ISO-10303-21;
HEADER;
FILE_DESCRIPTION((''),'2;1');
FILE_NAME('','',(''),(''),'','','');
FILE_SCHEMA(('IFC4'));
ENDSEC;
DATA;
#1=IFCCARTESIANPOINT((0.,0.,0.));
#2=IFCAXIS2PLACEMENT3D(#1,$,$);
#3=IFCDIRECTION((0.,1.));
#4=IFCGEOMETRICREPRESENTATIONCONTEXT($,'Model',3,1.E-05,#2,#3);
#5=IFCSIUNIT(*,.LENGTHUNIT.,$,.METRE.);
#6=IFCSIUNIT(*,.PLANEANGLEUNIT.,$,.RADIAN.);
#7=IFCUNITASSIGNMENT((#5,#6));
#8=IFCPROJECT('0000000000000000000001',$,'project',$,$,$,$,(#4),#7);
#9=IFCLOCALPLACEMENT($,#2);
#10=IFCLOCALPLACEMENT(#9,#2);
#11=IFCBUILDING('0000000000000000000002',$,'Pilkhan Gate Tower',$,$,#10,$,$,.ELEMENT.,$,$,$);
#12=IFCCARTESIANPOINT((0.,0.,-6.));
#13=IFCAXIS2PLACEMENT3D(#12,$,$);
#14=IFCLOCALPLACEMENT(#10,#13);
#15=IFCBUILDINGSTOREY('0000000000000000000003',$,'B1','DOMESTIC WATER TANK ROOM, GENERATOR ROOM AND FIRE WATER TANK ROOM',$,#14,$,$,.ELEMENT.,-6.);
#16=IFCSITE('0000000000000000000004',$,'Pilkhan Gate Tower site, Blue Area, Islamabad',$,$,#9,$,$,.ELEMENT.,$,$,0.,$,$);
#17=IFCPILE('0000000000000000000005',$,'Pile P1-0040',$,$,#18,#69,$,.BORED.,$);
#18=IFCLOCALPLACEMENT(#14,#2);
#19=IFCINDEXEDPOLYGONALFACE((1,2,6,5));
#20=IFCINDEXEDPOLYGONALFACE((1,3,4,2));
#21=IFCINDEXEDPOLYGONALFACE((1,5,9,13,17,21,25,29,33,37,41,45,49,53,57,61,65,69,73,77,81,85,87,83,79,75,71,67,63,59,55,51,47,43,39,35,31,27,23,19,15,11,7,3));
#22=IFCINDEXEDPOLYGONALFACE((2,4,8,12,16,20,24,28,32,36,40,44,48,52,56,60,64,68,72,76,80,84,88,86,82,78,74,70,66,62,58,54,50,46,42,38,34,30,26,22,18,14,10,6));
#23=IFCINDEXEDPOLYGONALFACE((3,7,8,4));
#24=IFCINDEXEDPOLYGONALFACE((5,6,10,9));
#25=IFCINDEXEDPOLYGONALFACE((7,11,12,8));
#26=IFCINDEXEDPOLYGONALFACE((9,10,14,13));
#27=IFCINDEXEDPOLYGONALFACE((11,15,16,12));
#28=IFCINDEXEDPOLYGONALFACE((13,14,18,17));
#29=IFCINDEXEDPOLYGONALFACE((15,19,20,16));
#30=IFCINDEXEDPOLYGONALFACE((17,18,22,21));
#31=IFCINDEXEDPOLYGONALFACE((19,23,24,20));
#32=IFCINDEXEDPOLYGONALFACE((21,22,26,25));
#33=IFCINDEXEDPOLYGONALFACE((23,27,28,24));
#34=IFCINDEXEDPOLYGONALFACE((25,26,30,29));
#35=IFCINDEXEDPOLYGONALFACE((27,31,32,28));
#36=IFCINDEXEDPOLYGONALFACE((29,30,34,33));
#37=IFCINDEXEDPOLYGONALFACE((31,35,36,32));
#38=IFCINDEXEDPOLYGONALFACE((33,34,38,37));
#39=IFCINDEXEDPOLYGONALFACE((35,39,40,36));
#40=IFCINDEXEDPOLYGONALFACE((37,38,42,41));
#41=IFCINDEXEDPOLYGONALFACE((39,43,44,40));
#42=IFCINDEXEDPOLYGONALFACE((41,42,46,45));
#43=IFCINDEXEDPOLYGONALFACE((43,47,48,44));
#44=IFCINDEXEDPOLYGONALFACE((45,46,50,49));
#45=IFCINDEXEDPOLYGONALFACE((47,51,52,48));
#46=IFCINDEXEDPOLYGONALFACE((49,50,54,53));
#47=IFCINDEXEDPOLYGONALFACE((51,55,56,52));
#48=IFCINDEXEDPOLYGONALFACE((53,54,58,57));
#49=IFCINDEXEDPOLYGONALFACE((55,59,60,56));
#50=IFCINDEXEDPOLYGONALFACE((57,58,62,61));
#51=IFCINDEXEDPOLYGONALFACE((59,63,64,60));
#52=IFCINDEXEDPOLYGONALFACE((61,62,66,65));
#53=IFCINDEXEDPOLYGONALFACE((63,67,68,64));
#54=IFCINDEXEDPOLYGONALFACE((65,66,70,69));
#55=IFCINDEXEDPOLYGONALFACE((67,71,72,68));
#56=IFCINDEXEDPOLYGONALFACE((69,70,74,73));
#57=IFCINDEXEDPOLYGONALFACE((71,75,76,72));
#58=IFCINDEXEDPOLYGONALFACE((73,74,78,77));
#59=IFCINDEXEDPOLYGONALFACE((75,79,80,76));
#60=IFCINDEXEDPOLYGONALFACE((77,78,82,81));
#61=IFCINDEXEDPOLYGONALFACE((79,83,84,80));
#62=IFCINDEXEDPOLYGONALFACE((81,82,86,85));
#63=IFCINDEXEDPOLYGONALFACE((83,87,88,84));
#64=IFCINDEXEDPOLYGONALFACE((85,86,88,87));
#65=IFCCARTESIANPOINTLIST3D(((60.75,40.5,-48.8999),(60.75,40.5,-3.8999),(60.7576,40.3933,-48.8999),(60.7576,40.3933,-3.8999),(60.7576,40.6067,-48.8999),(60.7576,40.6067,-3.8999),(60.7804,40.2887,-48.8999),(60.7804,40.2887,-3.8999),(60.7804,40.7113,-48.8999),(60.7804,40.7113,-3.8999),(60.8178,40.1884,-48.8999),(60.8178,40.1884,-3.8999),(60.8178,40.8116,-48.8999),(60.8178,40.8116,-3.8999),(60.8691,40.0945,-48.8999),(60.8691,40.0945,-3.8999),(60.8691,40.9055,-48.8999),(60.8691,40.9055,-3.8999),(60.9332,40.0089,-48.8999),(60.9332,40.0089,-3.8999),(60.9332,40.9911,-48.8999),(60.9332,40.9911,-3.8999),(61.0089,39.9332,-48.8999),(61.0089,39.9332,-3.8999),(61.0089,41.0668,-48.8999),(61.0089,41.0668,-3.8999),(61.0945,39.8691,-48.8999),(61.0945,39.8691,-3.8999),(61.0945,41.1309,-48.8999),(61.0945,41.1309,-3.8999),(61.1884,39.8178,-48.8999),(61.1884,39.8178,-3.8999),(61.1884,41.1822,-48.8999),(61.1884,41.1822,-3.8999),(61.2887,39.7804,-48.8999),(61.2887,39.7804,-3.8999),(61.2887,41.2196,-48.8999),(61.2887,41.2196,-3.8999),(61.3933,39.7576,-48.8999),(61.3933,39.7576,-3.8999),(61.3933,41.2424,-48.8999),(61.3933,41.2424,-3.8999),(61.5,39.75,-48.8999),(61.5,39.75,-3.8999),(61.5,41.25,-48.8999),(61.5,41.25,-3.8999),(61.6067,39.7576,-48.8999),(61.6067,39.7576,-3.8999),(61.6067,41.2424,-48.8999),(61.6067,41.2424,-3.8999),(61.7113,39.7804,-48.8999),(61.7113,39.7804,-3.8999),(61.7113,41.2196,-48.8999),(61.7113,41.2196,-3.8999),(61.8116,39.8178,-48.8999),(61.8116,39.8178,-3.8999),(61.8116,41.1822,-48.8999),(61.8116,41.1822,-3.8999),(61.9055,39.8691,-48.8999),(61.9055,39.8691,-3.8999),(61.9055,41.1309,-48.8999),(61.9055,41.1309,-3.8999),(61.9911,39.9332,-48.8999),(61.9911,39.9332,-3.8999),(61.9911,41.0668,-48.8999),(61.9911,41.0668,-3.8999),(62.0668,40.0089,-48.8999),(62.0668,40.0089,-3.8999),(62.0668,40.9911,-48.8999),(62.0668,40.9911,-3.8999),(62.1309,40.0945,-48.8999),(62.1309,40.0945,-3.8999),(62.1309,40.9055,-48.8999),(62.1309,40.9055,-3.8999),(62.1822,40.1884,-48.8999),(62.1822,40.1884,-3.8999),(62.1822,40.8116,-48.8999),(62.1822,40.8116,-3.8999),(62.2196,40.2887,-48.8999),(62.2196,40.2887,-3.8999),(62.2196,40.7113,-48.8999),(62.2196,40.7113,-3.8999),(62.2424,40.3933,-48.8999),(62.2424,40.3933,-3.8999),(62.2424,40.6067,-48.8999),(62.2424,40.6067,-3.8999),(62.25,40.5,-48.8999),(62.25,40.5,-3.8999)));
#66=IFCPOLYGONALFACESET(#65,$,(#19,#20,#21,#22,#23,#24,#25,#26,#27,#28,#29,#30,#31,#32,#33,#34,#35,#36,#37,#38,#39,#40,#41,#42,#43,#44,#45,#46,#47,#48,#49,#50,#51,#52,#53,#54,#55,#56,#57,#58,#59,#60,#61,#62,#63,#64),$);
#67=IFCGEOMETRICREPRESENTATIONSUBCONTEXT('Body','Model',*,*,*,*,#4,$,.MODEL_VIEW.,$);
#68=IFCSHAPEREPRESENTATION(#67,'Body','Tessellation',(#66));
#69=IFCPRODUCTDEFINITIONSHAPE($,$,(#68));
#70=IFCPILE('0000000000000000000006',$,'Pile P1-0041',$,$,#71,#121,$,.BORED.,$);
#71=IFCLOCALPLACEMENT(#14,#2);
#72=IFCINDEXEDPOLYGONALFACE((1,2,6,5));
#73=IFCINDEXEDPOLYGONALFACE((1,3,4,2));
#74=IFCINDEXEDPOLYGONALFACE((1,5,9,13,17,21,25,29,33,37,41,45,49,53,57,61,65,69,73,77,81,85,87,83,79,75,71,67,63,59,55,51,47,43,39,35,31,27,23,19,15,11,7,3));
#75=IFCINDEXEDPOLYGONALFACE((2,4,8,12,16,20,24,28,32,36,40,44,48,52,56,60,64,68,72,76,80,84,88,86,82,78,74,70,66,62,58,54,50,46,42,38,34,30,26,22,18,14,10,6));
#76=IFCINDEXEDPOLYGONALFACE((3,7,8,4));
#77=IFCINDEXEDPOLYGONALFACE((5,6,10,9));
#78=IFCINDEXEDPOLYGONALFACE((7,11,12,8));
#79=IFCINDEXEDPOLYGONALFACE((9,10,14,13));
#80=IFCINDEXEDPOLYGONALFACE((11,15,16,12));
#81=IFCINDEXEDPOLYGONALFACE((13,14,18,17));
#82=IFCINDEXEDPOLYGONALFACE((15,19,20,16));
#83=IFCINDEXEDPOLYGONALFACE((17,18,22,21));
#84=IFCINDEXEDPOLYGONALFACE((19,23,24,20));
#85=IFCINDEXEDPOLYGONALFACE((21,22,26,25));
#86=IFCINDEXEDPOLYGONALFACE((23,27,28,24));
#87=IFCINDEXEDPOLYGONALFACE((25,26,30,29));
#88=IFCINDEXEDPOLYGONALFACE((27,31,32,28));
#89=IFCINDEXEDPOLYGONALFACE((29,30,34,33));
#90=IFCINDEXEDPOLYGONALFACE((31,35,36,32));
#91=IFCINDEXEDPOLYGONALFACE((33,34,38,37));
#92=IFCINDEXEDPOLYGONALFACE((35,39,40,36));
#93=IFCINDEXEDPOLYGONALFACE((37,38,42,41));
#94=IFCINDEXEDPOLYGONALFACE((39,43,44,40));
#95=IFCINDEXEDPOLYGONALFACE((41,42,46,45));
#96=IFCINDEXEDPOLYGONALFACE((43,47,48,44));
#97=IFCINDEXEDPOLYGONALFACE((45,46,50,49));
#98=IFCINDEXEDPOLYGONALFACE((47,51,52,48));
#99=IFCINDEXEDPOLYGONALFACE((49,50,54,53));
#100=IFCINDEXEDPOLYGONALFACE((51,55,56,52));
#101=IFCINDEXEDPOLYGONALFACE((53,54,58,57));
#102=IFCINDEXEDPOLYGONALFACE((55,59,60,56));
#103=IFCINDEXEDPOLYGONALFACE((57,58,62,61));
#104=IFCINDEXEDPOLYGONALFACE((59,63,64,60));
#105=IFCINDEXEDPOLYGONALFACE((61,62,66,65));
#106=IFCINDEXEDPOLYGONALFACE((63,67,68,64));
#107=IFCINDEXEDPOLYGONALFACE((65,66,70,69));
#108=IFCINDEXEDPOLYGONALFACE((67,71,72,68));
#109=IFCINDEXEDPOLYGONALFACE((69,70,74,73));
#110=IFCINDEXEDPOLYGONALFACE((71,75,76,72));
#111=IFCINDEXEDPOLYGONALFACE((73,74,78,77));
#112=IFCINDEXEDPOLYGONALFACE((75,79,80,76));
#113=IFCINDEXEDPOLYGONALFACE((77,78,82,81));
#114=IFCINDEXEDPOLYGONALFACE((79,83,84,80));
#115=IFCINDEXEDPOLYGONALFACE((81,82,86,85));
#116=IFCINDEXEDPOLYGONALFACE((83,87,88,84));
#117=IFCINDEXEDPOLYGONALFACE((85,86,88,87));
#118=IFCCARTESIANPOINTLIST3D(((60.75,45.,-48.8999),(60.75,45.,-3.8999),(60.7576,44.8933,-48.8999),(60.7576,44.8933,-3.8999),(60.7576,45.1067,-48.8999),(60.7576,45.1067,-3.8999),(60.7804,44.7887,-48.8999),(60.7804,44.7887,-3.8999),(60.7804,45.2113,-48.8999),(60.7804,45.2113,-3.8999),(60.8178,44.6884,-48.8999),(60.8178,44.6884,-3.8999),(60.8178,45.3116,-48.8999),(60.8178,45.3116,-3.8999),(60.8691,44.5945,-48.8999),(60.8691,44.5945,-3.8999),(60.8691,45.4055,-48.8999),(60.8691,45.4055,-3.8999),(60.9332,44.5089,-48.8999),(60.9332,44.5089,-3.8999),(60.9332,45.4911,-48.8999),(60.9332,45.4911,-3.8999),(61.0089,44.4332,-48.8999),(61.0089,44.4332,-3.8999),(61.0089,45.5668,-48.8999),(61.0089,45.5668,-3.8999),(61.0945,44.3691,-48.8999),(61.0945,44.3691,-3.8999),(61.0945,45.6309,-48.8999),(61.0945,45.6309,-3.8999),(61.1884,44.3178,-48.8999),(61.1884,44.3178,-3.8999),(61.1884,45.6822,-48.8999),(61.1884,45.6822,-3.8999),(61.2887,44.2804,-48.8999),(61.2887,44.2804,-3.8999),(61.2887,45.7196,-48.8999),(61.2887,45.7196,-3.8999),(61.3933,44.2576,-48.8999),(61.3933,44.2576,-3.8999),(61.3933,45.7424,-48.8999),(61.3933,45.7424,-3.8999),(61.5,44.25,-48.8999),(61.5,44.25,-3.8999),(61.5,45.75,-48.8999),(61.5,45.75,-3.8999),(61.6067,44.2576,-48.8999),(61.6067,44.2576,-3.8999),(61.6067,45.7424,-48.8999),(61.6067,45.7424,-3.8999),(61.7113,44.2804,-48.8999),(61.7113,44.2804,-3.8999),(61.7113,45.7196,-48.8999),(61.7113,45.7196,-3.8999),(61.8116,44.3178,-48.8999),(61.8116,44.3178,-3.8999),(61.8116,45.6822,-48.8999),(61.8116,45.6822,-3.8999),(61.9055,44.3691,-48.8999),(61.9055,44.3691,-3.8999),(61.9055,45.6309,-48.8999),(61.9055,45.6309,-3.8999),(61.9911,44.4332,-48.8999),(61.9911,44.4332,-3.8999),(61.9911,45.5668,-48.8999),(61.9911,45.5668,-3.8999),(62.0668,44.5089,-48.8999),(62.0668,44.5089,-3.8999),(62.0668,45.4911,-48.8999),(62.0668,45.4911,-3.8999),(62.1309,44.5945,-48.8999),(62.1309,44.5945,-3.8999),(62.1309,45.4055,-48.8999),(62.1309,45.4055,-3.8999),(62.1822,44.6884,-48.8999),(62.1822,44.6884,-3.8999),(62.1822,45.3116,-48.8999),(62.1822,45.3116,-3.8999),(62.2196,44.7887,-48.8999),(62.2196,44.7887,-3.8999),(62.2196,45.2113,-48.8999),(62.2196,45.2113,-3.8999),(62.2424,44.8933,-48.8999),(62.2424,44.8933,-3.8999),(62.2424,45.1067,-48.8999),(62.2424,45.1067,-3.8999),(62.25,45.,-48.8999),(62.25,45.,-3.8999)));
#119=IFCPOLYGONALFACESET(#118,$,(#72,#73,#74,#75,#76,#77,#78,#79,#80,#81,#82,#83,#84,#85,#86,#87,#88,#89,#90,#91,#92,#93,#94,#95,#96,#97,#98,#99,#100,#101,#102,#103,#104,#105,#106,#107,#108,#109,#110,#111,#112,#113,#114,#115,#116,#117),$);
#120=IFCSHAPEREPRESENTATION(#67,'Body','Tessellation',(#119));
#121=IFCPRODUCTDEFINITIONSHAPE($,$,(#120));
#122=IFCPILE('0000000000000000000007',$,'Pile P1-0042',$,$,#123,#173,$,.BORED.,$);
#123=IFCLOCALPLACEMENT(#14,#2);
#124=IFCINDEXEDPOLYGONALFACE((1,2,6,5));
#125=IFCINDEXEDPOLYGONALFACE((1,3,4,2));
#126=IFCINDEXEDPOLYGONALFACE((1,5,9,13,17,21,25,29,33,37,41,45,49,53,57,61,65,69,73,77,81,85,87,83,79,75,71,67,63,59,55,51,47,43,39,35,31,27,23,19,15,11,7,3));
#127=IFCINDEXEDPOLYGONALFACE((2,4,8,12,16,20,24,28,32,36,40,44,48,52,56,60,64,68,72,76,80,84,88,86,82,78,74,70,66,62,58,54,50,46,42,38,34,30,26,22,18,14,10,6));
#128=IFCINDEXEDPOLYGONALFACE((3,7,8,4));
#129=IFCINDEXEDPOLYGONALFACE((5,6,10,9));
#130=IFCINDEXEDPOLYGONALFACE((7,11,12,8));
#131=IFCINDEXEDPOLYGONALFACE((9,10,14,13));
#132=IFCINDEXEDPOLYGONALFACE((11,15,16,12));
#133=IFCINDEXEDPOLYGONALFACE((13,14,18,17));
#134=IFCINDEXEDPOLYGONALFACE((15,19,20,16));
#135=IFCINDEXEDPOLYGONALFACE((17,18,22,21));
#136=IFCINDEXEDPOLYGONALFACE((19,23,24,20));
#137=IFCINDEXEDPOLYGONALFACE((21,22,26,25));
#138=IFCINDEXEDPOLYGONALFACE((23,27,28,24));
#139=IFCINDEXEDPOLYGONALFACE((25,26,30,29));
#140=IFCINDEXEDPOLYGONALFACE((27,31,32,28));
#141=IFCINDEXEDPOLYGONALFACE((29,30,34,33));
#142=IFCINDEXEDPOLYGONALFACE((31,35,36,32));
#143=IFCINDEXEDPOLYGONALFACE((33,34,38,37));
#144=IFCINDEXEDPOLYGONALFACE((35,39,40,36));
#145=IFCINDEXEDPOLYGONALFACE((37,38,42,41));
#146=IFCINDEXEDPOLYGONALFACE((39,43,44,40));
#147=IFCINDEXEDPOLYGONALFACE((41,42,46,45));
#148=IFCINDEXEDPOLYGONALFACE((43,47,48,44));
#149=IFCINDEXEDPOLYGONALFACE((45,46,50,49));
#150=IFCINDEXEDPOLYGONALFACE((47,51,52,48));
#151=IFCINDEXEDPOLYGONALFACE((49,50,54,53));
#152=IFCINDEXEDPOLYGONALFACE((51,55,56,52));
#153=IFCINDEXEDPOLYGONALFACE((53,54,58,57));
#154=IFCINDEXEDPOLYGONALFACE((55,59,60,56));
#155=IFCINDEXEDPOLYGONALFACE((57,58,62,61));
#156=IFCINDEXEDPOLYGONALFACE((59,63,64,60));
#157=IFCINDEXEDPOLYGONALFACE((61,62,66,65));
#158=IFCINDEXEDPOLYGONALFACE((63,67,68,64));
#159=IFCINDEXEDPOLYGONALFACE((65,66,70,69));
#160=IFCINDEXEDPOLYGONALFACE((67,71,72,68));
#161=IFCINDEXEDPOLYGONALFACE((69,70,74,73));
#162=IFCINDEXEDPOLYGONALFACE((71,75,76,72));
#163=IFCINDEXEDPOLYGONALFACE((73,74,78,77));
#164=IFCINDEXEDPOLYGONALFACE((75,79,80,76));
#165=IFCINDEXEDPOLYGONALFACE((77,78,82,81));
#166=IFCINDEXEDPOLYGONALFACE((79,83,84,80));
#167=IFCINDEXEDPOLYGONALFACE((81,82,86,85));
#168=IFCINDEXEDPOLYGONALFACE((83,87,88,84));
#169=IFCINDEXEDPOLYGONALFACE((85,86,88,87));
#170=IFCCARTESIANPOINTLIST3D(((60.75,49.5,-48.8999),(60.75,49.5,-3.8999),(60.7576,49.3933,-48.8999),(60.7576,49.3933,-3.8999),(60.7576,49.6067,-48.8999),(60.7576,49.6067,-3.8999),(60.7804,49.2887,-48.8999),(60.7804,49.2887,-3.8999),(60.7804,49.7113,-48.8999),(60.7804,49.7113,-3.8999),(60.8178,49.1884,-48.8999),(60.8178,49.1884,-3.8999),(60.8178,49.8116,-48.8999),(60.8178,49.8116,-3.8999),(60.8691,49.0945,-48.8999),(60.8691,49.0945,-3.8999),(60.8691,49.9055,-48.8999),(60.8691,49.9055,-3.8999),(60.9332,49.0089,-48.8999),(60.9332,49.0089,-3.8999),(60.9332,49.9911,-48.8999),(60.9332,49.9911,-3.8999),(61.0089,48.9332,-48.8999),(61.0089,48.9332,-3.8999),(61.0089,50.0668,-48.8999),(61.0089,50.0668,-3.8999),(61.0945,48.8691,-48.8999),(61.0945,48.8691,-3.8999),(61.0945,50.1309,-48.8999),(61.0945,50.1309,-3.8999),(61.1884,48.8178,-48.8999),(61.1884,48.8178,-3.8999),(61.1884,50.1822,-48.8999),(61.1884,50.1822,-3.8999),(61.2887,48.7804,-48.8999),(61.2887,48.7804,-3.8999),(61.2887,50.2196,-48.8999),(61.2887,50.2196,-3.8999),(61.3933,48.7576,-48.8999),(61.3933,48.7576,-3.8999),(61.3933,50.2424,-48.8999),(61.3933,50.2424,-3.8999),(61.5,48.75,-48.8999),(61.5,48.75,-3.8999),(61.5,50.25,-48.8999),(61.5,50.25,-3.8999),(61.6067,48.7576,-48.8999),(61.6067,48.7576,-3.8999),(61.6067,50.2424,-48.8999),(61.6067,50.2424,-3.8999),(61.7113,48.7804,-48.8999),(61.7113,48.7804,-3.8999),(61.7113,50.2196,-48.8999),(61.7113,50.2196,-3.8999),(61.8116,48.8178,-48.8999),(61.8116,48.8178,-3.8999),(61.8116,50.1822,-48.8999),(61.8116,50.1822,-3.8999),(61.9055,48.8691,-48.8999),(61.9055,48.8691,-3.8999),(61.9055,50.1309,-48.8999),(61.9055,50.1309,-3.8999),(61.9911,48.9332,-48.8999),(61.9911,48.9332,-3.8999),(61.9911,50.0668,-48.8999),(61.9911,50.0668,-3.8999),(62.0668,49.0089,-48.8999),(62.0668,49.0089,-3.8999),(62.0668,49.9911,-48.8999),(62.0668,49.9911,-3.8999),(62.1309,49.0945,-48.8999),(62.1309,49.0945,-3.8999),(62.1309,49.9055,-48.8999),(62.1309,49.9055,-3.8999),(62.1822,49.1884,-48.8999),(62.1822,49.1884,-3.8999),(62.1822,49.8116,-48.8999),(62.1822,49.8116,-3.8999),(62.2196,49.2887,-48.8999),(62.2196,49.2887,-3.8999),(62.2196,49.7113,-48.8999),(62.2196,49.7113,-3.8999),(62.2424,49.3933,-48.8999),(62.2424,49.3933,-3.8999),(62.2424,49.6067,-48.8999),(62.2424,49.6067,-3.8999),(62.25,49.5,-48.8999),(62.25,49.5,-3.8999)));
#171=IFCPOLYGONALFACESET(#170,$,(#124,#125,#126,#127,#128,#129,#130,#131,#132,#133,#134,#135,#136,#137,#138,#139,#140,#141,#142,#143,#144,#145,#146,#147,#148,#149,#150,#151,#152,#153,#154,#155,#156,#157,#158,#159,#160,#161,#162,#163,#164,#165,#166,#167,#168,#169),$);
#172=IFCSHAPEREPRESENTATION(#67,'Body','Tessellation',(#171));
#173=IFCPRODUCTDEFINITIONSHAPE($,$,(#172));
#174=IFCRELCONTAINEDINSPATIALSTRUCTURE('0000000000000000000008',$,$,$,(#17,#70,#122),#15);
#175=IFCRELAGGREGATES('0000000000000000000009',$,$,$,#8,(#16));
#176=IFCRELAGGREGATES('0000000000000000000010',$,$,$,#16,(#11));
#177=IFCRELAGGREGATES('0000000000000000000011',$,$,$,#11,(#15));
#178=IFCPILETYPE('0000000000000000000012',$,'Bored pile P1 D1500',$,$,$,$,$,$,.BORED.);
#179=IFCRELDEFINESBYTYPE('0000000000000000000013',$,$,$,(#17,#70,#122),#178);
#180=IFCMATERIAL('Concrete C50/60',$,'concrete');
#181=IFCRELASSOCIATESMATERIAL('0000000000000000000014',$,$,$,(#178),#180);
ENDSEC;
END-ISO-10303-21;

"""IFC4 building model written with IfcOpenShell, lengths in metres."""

from ifc_helpers import new_model, si_unit, direction, frame, origin, origin_2d, place, context, subcontext, project, spatial, circle, extrude, material, material_profile, profile_set, type_object, element, save


model = new_model("IFC4")

# Units and contexts
model_context = context("Model", 3, precision=1e-05, world=origin(), true_north=direction((0.0, 1.0)))
body_context = subcontext(model_context, "Body", "Model", "MODEL_VIEW")
ifc_project = project(units=[si_unit("LENGTHUNIT", "METRE"), si_unit("PLANEANGLEUNIT", "RADIAN")], contexts=[model_context])

# Site, building, storey
site_placement = place(None, origin())
site = spatial("IfcSite", under=ifc_project, at=site_placement, Name="Pilkhan Gate Tower site, Blue Area, Islamabad", CompositionType="ELEMENT", RefElevation=0.0)
building_placement = place(site_placement, origin())
building = spatial("IfcBuilding", under=site, at=building_placement, Name="Pilkhan Gate Tower", CompositionType="ELEMENT")
storey_placement = place(building_placement, frame((0.0, 0.0, -6.0)))
storey = spatial("IfcBuildingStorey", under=building, at=storey_placement, Name="B1", Description="DOMESTIC WATER TANK ROOM, GENERATOR ROOM AND FIRE WATER TANK ROOM", CompositionType="ELEMENT", Elevation=-6.0)

# Piles
ifc_material_1 = material(Name="Concrete C50/60", Category="concrete")
ifc_material_profile_1 = material_profile(ifc_material_1, circle(Radius=0.75, at=origin_2d()), Name="Bored pile 1500 dia")
ifc_profile_set_1 = profile_set([ifc_material_profile_1], Name="Concrete C50/60")
pile_type = type_object("IfcPileType", Name="Bored pile P1 D1500", PredefinedType="BORED", material=ifc_profile_set_1)
for number, where, z_axis, x_axis, name in (
    (1, (61.5, 40.5, -3.8999), (0.0, 0.0, -1.0), (1.0, 0.0, 0.0), "Pile P1-0040"),
    (2, (61.5, 45.0, -3.8999), (0.0, 0.0, -1.0), (1.0, 0.0, 0.0), "Pile P1-0041"),
    (3, (61.5, 49.5, -3.8999), (0.0, 0.0, -1.0), (1.0, 0.0, 0.0), "Pile P1-0042"),
):
    element("IfcPile", number, at=place(storey_placement, frame(where, z_axis=z_axis, x_axis=x_axis)), inside=storey, type_object=pile_type, Name=name, PredefinedType="BORED", context=body_context, shape_type="SweptSolid", body=[
        extrude(circle(Radius=0.75, at=origin_2d()), origin(), (0.0, 0.0, 1.0), 45.0),
    ])

save(model, "model.ifc")
